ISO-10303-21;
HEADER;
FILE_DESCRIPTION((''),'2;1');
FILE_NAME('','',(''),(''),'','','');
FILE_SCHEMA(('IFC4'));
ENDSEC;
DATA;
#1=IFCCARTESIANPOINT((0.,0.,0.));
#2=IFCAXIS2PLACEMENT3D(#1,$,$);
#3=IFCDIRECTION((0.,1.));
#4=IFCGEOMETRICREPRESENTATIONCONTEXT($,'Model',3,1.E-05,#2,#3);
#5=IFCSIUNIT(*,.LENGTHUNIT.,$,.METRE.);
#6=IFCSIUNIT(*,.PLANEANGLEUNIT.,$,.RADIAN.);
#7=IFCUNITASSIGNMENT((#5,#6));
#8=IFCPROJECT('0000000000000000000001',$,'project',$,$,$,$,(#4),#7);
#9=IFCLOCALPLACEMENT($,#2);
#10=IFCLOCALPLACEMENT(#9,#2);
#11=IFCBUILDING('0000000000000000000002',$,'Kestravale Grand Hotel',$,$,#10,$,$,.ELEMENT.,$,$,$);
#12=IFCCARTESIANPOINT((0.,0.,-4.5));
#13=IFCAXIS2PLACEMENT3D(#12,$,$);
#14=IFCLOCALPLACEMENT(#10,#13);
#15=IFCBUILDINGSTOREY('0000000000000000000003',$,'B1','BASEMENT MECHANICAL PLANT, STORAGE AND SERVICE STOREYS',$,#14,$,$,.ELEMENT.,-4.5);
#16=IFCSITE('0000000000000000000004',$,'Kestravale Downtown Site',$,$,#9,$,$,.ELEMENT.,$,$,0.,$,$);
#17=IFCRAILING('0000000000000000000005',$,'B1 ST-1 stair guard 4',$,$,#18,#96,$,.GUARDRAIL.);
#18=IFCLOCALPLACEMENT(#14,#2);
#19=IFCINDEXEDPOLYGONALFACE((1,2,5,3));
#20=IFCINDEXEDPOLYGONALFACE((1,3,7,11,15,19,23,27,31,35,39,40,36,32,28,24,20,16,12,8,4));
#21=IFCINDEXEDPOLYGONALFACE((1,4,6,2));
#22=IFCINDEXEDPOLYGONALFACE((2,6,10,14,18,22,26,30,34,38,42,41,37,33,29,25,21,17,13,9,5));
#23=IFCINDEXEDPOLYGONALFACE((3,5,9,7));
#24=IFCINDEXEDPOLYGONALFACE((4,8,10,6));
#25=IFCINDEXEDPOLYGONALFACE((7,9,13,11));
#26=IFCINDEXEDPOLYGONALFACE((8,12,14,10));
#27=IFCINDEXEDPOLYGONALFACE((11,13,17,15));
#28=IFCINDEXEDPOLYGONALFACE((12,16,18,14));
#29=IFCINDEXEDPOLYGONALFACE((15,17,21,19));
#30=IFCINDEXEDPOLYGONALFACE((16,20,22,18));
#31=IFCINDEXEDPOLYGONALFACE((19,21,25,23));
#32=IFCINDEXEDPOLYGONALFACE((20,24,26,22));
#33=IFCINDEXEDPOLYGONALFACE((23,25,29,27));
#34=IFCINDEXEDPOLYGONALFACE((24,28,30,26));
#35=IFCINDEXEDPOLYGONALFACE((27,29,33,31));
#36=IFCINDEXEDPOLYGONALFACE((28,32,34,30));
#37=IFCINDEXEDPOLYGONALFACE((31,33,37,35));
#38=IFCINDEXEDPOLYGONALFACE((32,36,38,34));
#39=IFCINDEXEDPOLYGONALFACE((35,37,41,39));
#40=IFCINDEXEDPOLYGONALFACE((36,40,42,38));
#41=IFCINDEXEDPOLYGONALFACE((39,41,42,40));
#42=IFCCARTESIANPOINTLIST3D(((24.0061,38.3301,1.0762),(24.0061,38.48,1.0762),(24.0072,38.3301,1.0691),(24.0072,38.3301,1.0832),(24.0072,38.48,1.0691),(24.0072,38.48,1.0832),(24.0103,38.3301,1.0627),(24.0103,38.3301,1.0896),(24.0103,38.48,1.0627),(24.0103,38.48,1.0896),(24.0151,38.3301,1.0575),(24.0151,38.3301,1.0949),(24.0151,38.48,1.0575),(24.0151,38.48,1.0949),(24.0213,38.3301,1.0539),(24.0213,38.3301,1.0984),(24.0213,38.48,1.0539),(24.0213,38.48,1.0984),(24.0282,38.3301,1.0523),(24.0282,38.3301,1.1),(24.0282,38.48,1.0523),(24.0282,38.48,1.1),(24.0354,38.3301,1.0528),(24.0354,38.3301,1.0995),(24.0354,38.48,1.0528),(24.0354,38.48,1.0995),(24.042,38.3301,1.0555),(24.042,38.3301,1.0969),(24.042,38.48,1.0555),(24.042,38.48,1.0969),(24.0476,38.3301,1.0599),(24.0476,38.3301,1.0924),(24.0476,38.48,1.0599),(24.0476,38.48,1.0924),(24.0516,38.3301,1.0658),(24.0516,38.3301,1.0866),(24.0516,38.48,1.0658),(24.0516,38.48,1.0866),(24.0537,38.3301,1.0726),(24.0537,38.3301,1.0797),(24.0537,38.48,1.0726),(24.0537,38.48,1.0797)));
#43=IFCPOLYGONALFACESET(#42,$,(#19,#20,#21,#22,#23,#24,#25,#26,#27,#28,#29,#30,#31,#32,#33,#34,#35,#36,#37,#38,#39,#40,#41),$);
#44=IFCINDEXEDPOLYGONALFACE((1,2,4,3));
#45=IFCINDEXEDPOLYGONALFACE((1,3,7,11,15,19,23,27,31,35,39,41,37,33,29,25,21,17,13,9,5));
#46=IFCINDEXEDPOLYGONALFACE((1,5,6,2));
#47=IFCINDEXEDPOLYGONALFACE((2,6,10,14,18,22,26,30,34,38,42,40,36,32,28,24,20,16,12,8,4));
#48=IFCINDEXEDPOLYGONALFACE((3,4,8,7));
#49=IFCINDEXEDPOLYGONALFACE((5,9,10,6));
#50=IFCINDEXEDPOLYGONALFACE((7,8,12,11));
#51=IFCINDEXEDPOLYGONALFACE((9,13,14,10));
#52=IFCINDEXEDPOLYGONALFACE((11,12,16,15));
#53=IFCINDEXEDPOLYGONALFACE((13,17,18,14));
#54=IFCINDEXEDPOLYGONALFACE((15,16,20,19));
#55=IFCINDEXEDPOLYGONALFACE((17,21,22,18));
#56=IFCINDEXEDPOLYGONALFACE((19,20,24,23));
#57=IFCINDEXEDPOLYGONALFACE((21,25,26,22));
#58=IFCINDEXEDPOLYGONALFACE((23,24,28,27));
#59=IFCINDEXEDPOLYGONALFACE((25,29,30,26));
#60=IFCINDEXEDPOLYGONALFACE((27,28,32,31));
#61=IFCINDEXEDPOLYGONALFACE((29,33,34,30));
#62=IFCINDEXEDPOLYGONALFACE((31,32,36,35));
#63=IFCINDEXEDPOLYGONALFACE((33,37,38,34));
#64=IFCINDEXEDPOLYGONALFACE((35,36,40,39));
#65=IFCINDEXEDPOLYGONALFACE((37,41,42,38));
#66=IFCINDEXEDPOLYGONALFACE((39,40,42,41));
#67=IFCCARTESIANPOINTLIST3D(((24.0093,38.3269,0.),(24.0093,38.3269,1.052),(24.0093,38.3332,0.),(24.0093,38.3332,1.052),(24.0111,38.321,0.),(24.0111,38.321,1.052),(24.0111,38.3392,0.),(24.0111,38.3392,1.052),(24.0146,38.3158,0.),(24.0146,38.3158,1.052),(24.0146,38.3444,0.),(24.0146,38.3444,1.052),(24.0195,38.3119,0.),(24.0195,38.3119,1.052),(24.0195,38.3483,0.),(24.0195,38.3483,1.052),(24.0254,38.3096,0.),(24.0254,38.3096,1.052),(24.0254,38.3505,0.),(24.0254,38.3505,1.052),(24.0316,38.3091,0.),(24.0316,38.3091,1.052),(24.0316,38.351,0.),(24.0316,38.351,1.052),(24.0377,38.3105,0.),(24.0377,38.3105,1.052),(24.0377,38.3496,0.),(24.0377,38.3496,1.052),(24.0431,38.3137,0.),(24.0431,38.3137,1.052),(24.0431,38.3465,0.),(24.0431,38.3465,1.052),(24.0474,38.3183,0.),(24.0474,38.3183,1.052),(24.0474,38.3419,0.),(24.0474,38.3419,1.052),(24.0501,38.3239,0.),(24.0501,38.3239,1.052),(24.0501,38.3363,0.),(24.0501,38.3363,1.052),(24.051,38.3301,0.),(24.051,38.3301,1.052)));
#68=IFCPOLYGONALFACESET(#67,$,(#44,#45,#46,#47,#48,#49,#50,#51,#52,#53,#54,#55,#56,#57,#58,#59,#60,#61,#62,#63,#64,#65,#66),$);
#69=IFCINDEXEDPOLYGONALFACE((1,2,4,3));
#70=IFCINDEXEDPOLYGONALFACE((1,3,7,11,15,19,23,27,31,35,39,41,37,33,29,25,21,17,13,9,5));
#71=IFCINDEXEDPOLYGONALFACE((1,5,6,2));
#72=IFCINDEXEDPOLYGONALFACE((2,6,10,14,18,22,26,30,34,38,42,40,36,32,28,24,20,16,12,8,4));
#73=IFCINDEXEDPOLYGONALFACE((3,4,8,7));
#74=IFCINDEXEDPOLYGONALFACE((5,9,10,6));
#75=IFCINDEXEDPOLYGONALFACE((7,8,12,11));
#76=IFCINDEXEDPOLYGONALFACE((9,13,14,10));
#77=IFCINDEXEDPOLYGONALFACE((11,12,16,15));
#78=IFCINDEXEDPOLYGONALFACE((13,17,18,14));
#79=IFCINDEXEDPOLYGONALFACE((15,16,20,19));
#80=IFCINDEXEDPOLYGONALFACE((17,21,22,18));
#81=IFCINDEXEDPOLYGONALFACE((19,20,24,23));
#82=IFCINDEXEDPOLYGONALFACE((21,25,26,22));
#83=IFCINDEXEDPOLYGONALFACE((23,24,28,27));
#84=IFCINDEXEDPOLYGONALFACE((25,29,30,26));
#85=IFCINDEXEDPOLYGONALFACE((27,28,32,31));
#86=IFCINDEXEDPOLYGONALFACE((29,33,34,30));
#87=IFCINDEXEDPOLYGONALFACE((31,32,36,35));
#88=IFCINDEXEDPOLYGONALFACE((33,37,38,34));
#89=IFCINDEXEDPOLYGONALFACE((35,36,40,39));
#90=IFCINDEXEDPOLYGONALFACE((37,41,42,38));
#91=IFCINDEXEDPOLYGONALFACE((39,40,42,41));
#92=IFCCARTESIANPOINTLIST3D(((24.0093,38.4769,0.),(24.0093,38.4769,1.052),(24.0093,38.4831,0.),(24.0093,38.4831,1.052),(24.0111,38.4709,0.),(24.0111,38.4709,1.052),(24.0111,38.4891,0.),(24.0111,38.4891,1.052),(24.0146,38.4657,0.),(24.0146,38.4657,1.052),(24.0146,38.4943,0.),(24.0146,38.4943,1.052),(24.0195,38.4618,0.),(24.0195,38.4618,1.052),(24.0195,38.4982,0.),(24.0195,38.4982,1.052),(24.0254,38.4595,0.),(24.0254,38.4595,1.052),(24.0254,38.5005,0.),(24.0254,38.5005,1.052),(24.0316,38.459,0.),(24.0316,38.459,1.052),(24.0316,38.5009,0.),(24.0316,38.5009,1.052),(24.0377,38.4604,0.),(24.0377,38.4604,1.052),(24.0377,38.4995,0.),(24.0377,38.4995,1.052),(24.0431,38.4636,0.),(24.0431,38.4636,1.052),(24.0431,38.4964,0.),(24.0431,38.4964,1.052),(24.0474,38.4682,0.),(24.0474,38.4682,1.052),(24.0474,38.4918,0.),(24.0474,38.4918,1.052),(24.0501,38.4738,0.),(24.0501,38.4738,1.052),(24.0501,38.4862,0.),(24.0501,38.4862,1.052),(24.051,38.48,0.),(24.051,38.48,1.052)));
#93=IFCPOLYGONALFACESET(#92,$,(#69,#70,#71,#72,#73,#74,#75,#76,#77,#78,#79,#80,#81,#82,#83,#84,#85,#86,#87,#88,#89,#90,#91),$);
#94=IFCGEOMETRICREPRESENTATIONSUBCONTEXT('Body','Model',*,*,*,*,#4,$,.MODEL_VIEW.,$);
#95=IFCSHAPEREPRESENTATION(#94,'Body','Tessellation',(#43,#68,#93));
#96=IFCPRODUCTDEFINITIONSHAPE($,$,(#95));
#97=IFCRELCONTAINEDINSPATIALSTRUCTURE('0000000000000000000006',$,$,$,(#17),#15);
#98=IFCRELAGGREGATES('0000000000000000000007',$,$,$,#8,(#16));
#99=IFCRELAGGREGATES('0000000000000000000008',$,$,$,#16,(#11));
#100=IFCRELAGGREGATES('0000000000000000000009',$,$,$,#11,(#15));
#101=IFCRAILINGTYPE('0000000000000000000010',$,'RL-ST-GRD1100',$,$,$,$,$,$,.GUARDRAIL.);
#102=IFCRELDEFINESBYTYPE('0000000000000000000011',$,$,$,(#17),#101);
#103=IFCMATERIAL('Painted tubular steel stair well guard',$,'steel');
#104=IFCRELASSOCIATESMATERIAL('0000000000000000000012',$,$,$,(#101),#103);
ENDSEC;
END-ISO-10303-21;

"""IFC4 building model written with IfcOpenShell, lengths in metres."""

from ifc_helpers import new_model, si_unit, direction, frame, origin, origin_2d, place, context, subcontext, project, spatial, circle, extrude, material, type_object, element, save


model = new_model("IFC4")

# Units and contexts
model_context = context("Model", 3, precision=1e-05, world=origin(), true_north=direction((0.0, 1.0)))
body_context = subcontext(model_context, "Body", "Model", "MODEL_VIEW")
ifc_project = project(units=[si_unit("LENGTHUNIT", "METRE"), si_unit("PLANEANGLEUNIT", "RADIAN")], contexts=[model_context])

# Site, building, storey
site_placement = place(None, origin())
site = spatial("IfcSite", under=ifc_project, at=site_placement, Name="Kestravale Downtown Site", CompositionType="ELEMENT", RefElevation=0.0)
building_placement = place(site_placement, origin())
building = spatial("IfcBuilding", under=site, at=building_placement, Name="Kestravale Grand Hotel", CompositionType="ELEMENT")
storey_placement = place(building_placement, frame((0.0, 0.0, -4.5)))
storey = spatial("IfcBuildingStorey", under=building, at=storey_placement, Name="B1", Description="BASEMENT MECHANICAL PLANT, STORAGE AND SERVICE STOREYS", CompositionType="ELEMENT", Elevation=-4.5)

# Railing
ifc_material_1 = material(Name="Painted tubular steel stair well guard", Category="steel")
railing_type_1 = type_object("IfcRailingType", Name="RL-ST-GRD1100", PredefinedType="GUARDRAIL", material=ifc_material_1)
railing_1_placement = place(storey_placement, frame((24.03, 38.3301, 0.0)))
element("IfcRailing", 1, at=railing_1_placement, inside=storey, type_object=railing_type_1, Name="B1 ST-1 stair guard 4", PredefinedType="GUARDRAIL", context=body_context, shape_type="SweptSolid", body=[
    extrude(circle(Radius=0.0239, at=origin_2d()), frame((0.0, 0.0, 1.0762), z_axis=(0.0, 1.0, 0.0), x_axis=(-1.0, 0.0, 0.0)), (0.0, 0.0, 1.0), 0.1499),
    extrude(circle(Radius=0.021, at=origin_2d()), origin(), (0.0, 0.0, 1.0), 1.052),
    extrude(circle(Radius=0.021, at=origin_2d()), frame((0.0, 0.1499, 0.0)), (0.0, 0.0, 1.0), 1.052),
])

save(model, "model.ifc")
